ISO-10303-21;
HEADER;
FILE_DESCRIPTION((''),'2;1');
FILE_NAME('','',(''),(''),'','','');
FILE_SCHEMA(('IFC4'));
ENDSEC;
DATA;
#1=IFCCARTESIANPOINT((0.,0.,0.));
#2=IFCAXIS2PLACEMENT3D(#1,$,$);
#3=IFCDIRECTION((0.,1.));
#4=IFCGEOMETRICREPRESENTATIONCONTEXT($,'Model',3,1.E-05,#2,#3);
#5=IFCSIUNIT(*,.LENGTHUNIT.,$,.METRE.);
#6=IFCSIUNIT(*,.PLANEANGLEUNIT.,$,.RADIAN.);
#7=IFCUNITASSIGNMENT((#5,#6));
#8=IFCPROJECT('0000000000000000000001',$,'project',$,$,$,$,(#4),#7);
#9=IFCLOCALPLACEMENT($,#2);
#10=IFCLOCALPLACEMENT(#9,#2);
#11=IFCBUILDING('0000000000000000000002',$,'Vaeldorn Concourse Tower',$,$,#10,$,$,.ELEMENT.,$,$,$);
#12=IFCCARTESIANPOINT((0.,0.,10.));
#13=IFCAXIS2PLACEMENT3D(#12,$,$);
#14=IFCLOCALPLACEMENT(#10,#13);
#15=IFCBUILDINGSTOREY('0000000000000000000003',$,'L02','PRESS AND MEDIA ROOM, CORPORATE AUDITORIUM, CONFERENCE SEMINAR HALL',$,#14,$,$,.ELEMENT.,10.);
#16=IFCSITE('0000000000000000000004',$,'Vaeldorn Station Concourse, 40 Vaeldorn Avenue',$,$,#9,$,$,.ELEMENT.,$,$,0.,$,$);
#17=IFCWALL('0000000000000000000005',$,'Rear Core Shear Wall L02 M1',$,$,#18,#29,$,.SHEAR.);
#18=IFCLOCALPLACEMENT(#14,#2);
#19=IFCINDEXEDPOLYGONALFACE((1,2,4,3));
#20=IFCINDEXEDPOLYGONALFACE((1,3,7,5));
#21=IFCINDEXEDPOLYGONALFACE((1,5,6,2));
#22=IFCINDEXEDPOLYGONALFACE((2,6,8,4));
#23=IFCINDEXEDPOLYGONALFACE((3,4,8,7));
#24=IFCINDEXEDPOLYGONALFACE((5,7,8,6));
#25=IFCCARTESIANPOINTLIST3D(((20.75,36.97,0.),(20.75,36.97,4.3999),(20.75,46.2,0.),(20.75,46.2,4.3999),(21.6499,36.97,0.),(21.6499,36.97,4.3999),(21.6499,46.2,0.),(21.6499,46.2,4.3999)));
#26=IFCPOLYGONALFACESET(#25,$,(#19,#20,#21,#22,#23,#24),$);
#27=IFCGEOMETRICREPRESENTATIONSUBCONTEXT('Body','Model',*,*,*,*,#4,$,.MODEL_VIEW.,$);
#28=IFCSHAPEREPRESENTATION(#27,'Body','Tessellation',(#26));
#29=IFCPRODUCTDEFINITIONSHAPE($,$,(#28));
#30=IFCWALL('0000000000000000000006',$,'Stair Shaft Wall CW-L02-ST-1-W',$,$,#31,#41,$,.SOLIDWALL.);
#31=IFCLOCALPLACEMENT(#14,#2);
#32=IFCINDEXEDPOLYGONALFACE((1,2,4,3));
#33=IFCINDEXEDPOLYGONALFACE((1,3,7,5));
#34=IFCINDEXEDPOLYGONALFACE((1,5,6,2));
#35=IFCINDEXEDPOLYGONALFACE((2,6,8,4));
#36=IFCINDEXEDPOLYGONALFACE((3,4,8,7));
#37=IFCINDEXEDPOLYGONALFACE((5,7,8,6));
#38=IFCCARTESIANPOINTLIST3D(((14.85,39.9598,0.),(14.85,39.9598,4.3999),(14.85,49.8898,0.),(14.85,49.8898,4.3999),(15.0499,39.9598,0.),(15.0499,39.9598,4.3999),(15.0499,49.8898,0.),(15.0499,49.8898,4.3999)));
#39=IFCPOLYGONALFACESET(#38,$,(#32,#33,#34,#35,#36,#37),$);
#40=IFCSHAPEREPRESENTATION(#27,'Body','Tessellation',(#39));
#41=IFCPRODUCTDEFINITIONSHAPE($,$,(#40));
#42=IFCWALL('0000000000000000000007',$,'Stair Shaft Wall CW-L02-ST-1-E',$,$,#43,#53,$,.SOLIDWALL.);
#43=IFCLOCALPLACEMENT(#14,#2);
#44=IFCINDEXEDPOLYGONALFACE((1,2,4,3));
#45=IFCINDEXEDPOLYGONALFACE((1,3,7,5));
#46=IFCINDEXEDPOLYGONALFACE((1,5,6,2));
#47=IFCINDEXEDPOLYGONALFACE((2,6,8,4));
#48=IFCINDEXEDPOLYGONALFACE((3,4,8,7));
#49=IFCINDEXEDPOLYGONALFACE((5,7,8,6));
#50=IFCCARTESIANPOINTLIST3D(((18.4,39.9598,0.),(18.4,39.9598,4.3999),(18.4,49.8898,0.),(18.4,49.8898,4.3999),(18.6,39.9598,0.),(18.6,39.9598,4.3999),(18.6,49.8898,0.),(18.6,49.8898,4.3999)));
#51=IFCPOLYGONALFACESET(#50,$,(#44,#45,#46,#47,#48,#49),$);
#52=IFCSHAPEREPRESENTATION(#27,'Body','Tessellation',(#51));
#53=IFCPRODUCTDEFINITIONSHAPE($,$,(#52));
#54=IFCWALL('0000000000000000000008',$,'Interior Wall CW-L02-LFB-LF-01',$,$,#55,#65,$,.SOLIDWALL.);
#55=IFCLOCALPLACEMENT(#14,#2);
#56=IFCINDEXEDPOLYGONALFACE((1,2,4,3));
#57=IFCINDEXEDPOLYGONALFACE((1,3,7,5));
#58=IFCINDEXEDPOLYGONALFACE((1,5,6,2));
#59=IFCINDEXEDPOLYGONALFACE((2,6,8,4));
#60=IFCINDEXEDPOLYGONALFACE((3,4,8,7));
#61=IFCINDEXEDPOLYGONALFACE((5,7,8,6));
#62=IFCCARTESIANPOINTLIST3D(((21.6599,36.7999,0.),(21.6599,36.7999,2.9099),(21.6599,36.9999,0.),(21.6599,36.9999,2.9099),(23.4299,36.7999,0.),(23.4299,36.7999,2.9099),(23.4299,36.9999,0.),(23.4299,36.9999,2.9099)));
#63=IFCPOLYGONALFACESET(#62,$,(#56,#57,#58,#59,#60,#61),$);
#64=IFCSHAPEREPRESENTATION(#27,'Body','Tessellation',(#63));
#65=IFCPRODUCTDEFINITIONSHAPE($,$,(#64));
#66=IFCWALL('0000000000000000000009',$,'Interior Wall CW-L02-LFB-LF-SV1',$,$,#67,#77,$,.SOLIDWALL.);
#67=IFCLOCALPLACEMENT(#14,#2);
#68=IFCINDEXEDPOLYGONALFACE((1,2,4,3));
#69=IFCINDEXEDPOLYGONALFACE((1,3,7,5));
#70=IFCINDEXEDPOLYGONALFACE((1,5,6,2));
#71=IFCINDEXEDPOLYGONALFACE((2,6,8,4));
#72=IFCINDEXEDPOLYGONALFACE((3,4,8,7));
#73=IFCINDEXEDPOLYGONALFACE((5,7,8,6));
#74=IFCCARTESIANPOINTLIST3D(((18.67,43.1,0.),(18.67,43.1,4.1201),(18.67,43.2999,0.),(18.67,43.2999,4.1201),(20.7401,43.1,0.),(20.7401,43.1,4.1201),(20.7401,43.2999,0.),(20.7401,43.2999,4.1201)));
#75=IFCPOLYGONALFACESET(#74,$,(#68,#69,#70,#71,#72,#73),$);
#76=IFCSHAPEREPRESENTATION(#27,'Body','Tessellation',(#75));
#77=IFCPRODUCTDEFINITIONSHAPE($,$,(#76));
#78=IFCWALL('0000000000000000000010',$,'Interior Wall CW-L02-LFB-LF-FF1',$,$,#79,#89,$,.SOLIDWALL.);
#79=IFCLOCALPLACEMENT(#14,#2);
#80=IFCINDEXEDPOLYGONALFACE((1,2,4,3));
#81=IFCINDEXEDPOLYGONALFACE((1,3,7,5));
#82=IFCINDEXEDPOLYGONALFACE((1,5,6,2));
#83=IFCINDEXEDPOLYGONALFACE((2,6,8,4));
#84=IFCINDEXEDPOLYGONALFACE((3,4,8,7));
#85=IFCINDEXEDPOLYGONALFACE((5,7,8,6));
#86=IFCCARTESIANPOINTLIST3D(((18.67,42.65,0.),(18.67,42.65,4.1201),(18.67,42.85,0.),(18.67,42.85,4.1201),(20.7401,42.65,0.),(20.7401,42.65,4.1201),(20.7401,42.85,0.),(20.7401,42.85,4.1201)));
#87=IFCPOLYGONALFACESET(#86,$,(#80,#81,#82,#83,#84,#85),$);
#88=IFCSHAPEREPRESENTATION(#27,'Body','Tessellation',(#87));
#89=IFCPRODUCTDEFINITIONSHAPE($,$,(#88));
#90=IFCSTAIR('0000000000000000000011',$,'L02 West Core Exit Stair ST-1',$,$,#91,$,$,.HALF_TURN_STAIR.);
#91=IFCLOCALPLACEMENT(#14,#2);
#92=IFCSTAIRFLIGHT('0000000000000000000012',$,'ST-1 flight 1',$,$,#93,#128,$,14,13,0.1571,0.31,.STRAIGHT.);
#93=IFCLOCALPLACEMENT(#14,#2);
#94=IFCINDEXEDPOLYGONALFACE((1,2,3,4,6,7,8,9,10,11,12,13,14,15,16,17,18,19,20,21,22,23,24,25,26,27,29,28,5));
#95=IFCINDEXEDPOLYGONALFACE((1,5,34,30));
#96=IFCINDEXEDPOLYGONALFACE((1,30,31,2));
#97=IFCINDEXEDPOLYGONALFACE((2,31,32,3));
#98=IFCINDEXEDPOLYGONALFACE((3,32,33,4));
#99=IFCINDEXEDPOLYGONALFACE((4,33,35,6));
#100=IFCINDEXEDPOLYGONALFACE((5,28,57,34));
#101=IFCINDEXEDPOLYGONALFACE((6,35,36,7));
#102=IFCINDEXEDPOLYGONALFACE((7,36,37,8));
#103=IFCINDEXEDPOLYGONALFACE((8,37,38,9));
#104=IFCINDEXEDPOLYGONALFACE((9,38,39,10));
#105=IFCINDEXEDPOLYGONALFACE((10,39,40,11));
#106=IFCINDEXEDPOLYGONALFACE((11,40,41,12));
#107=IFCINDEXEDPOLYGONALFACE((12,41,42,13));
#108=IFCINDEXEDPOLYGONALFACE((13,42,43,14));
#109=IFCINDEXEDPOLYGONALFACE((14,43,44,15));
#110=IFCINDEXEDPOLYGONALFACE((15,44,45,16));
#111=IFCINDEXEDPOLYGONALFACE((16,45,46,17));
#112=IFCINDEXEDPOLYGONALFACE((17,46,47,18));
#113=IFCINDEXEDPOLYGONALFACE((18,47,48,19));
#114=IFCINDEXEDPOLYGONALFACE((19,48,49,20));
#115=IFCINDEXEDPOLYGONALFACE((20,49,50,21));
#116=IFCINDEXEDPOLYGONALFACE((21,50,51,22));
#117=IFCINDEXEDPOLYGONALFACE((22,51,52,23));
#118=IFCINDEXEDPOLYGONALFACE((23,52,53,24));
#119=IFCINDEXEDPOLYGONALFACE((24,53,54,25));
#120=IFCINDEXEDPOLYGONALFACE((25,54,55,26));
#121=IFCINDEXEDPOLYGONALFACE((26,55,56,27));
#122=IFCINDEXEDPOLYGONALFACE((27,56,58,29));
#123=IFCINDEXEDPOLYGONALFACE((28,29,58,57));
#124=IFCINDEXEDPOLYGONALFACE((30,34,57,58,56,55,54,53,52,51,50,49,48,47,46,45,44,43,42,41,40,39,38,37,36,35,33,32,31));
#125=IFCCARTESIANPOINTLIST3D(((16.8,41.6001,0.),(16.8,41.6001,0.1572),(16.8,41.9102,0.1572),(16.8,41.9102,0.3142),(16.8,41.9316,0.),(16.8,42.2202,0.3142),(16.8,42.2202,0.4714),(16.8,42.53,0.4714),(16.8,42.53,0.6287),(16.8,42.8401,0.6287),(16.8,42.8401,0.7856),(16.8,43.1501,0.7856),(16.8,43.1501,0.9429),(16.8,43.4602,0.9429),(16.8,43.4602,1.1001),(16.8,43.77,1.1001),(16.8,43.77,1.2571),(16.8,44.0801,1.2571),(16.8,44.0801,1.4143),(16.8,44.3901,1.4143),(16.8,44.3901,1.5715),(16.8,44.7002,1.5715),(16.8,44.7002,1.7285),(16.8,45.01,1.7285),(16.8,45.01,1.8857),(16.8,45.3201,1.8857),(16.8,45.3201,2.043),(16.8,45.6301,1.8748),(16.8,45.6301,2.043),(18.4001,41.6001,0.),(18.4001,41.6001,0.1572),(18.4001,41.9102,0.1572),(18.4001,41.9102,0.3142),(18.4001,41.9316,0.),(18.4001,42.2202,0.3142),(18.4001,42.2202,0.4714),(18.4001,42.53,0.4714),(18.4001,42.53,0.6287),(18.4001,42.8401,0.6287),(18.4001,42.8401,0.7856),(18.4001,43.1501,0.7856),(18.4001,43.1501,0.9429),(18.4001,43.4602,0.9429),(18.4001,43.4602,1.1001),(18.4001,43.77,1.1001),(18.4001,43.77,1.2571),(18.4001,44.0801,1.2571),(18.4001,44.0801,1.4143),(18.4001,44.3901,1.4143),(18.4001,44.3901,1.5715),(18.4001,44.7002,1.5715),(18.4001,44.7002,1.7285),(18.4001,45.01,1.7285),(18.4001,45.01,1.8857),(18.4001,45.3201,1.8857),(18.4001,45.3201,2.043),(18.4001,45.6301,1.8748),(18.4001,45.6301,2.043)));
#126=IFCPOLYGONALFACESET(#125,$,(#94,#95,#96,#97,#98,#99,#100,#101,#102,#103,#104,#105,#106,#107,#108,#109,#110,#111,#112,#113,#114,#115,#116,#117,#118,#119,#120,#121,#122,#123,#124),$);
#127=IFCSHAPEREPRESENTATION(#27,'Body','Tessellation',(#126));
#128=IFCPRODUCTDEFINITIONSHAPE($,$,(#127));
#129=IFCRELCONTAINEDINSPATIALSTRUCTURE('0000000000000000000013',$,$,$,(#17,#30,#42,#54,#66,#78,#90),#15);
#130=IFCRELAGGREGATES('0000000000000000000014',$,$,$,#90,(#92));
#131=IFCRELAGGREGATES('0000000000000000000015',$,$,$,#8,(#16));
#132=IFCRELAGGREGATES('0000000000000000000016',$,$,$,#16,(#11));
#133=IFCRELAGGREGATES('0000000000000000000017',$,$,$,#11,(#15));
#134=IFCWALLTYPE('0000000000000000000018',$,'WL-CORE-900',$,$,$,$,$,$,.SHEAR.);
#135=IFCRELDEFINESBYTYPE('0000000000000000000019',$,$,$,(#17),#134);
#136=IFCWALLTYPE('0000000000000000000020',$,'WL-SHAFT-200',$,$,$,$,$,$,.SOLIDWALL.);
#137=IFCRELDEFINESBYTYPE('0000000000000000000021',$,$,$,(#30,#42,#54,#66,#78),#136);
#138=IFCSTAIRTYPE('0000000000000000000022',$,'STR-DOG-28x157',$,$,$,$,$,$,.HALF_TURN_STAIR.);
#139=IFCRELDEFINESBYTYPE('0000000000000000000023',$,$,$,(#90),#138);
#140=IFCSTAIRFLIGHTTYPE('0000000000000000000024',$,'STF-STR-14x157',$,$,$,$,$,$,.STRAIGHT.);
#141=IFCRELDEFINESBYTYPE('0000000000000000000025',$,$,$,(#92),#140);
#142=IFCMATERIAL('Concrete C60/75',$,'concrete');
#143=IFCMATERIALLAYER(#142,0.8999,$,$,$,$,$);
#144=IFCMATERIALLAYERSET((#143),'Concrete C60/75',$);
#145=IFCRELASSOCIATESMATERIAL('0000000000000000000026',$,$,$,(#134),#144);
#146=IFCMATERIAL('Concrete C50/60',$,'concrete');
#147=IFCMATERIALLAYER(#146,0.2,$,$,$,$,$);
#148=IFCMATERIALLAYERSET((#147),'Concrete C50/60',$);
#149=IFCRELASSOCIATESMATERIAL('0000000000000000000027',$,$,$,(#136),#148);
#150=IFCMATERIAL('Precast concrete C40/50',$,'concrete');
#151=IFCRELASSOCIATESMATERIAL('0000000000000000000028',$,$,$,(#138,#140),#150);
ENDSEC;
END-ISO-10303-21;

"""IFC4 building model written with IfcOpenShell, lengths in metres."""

from ifc_helpers import new_model, si_unit, direction, frame, frame_2d, origin, place, context, subcontext, project, spatial, polyline, rectangle, outline, extrude, material, layer, layer_set, type_object, element, aggregate, save


model = new_model("IFC4")

# Units and contexts
model_context = context("Model", 3, precision=1e-05, world=origin(), true_north=direction((0.0, 1.0)))
body_context = subcontext(model_context, "Body", "Model", "MODEL_VIEW")
ifc_project = project(units=[si_unit("LENGTHUNIT", "METRE"), si_unit("PLANEANGLEUNIT", "RADIAN")], contexts=[model_context])

# Site, building, storey
site_placement = place(None, origin())
site = spatial("IfcSite", under=ifc_project, at=site_placement, Name="Vaeldorn Station Concourse, 40 Vaeldorn Avenue", CompositionType="ELEMENT", RefElevation=0.0)
building_placement = place(site_placement, origin())
building = spatial("IfcBuilding", under=site, at=building_placement, Name="Vaeldorn Concourse Tower", CompositionType="ELEMENT")
storey_placement = place(building_placement, frame((0.0, 0.0, 10.0)))
storey = spatial("IfcBuildingStorey", under=building, at=storey_placement, Name="L02", Description="PRESS AND MEDIA ROOM, CORPORATE AUDITORIUM, CONFERENCE SEMINAR HALL", CompositionType="ELEMENT", Elevation=10.0)

# Walls
ifc_material_1 = material(Name="Concrete C60/75", Category="concrete")
ifc_layer_1 = layer(ifc_material_1, 0.8999)
ifc_layer_set_1 = layer_set([ifc_layer_1], Name="Concrete C60/75")
wall_type_1 = type_object("IfcWallType", Name="WL-CORE-900", PredefinedType="SHEAR", material=ifc_layer_set_1)
wall_1_placement = place(storey_placement, frame((21.2, 36.97, 0.0), z_axis=(0.0, 0.0, 1.0), x_axis=(0.0, 1.0, 0.0)))
element("IfcWall", 1, at=wall_1_placement, inside=storey, type_object=wall_type_1, Name="Rear Core Shear Wall L02 M1", PredefinedType="SHEAR", context=body_context, shape_type="SweptSolid", body=[
    extrude(rectangle(XDim=9.23, YDim=0.8999, at=frame_2d((4.615, 0.0))), origin(), (0.0, 0.0, 1.0), 4.3999),
])
ifc_material_2 = material(Name="Concrete C50/60", Category="concrete")
ifc_layer_2 = layer(ifc_material_2, 0.2)
ifc_layer_set_2 = layer_set([ifc_layer_2], Name="Concrete C50/60")
wall_type_2 = type_object("IfcWallType", Name="WL-SHAFT-200", PredefinedType="SOLIDWALL", material=ifc_layer_set_2)
for number, where, z_axis, x_axis, name in (
    (2, (14.95, 39.96, 0.0), (0.0, 0.0, 1.0), (0.0, 1.0, 0.0), "Stair Shaft Wall CW-L02-ST-1-W"),
    (3, (18.5, 39.96, 0.0), (0.0, 0.0, 1.0), (0.0, 1.0, 0.0), "Stair Shaft Wall CW-L02-ST-1-E"),
):
    element("IfcWall", number, at=place(storey_placement, frame(where, z_axis=z_axis, x_axis=x_axis)), inside=storey, type_object=wall_type_2, Name=name, PredefinedType="SOLIDWALL", context=body_context, shape_type="SweptSolid", body=[
        extrude(rectangle(XDim=9.9299, YDim=0.2, at=frame_2d((4.9648, 0.0))), origin(), (0.0, 0.0, 1.0), 4.3999),
    ])

# Walls
wall_2_placement = place(storey_placement, frame((21.6599, 36.8999, 0.0), z_axis=(0.0, 0.0, 1.0), x_axis=(1.0, 0.0, 0.0)))
element("IfcWall", 4, at=wall_2_placement, inside=storey, type_object=wall_type_2, Name="Interior Wall CW-L02-LFB-LF-01", PredefinedType="SOLIDWALL", context=body_context, shape_type="SweptSolid", body=[
    extrude(rectangle(XDim=1.77, YDim=0.2, at=frame_2d((0.885, 0.0))), origin(), (0.0, 0.0, 1.0), 2.9099),
])
wall_3_placement = place(storey_placement, frame((18.6699, 43.2, 0.0), z_axis=(0.0, 0.0, 1.0), x_axis=(1.0, 0.0, 0.0)))
element("IfcWall", 5, at=wall_3_placement, inside=storey, type_object=wall_type_2, Name="Interior Wall CW-L02-LFB-LF-SV1", PredefinedType="SOLIDWALL", context=body_context, shape_type="SweptSolid", body=[
    extrude(rectangle(XDim=2.0701, YDim=0.2, at=frame_2d((1.0352, 0.0))), origin(), (0.0, 0.0, 1.0), 4.1201),
])

# Wall
wall_4_placement = place(storey_placement, frame((18.6699, 42.75, 0.0), z_axis=(0.0, 0.0, 1.0), x_axis=(1.0, 0.0, 0.0)))
element("IfcWall", 6, at=wall_4_placement, inside=storey, type_object=wall_type_2, Name="Interior Wall CW-L02-LFB-LF-FF1", PredefinedType="SOLIDWALL", context=body_context, shape_type="SweptSolid", body=[
    extrude(rectangle(XDim=2.0701, YDim=0.2, at=frame_2d((1.0352, 0.0))), origin(), (0.0, 0.0, 1.0), 4.1201),
])

# Stair, stair flight
ifc_material_3 = material(Name="Precast concrete C40/50", Category="concrete")
stair_type = type_object("IfcStairType", Name="STR-DOG-28x157", PredefinedType="HALF_TURN_STAIR", material=ifc_material_3)
stair_placement = place(storey_placement, origin())
stair = element("IfcStair", 7, at=stair_placement, inside=storey, type_object=stair_type, Name="L02 West Core Exit Stair ST-1", PredefinedType="HALF_TURN_STAIR")
stair_flight_type = type_object("IfcStairFlightType", Name="STF-STR-14x157", PredefinedType="STRAIGHT", material=ifc_material_3)
stair_flight_placement = place(storey_placement, frame((17.6001, 41.6001, 0.0), z_axis=(0.0, 0.0, 1.0), x_axis=(0.0, 1.0, 0.0)))
stair_flight = element("IfcStairFlight", 8, at=stair_flight_placement, type_object=stair_flight_type, Name="ST-1 flight 1", NumberOfRisers=14, NumberOfTreads=13, PredefinedType="STRAIGHT", RiserHeight=0.1571, TreadLength=0.31, context=body_context, shape_type="SweptSolid", body=[
    extrude(outline(polyline([(0.0, 0.0), (0.0, 0.1572), (0.3101, 0.1572), (0.3101, 0.3142), (0.6201, 0.3142), (0.6201, 0.4714), (0.9299, 0.4714), (0.9299, 0.6287), (1.24, 0.6287), (1.24, 0.7856), (1.55, 0.7856), (1.55, 0.9429), (1.8601, 0.9429), (1.8601, 1.1001), (2.1699, 1.1001), (2.1699, 1.2571), (2.48, 1.2571), (2.48, 1.4143), (2.79, 1.4143), (2.79, 1.5715), (3.1001, 1.5715), (3.1001, 1.7285), (3.4099, 1.7285), (3.4099, 1.8857), (3.72, 1.8857), (3.72, 2.043), (4.03, 2.043), (4.03, 2.2), (4.03, 1.8748), (0.3315, 0.0), (0.0, 0.0)])), frame((0.0, 0.8, 0.0), z_axis=(0.0, -1.0, 0.0), x_axis=(1.0, 0.0, 0.0)), (0.0, 0.0, 1.0), 1.6001),
])
aggregate(stair, [stair_flight])

save(model, "model.ifc")
